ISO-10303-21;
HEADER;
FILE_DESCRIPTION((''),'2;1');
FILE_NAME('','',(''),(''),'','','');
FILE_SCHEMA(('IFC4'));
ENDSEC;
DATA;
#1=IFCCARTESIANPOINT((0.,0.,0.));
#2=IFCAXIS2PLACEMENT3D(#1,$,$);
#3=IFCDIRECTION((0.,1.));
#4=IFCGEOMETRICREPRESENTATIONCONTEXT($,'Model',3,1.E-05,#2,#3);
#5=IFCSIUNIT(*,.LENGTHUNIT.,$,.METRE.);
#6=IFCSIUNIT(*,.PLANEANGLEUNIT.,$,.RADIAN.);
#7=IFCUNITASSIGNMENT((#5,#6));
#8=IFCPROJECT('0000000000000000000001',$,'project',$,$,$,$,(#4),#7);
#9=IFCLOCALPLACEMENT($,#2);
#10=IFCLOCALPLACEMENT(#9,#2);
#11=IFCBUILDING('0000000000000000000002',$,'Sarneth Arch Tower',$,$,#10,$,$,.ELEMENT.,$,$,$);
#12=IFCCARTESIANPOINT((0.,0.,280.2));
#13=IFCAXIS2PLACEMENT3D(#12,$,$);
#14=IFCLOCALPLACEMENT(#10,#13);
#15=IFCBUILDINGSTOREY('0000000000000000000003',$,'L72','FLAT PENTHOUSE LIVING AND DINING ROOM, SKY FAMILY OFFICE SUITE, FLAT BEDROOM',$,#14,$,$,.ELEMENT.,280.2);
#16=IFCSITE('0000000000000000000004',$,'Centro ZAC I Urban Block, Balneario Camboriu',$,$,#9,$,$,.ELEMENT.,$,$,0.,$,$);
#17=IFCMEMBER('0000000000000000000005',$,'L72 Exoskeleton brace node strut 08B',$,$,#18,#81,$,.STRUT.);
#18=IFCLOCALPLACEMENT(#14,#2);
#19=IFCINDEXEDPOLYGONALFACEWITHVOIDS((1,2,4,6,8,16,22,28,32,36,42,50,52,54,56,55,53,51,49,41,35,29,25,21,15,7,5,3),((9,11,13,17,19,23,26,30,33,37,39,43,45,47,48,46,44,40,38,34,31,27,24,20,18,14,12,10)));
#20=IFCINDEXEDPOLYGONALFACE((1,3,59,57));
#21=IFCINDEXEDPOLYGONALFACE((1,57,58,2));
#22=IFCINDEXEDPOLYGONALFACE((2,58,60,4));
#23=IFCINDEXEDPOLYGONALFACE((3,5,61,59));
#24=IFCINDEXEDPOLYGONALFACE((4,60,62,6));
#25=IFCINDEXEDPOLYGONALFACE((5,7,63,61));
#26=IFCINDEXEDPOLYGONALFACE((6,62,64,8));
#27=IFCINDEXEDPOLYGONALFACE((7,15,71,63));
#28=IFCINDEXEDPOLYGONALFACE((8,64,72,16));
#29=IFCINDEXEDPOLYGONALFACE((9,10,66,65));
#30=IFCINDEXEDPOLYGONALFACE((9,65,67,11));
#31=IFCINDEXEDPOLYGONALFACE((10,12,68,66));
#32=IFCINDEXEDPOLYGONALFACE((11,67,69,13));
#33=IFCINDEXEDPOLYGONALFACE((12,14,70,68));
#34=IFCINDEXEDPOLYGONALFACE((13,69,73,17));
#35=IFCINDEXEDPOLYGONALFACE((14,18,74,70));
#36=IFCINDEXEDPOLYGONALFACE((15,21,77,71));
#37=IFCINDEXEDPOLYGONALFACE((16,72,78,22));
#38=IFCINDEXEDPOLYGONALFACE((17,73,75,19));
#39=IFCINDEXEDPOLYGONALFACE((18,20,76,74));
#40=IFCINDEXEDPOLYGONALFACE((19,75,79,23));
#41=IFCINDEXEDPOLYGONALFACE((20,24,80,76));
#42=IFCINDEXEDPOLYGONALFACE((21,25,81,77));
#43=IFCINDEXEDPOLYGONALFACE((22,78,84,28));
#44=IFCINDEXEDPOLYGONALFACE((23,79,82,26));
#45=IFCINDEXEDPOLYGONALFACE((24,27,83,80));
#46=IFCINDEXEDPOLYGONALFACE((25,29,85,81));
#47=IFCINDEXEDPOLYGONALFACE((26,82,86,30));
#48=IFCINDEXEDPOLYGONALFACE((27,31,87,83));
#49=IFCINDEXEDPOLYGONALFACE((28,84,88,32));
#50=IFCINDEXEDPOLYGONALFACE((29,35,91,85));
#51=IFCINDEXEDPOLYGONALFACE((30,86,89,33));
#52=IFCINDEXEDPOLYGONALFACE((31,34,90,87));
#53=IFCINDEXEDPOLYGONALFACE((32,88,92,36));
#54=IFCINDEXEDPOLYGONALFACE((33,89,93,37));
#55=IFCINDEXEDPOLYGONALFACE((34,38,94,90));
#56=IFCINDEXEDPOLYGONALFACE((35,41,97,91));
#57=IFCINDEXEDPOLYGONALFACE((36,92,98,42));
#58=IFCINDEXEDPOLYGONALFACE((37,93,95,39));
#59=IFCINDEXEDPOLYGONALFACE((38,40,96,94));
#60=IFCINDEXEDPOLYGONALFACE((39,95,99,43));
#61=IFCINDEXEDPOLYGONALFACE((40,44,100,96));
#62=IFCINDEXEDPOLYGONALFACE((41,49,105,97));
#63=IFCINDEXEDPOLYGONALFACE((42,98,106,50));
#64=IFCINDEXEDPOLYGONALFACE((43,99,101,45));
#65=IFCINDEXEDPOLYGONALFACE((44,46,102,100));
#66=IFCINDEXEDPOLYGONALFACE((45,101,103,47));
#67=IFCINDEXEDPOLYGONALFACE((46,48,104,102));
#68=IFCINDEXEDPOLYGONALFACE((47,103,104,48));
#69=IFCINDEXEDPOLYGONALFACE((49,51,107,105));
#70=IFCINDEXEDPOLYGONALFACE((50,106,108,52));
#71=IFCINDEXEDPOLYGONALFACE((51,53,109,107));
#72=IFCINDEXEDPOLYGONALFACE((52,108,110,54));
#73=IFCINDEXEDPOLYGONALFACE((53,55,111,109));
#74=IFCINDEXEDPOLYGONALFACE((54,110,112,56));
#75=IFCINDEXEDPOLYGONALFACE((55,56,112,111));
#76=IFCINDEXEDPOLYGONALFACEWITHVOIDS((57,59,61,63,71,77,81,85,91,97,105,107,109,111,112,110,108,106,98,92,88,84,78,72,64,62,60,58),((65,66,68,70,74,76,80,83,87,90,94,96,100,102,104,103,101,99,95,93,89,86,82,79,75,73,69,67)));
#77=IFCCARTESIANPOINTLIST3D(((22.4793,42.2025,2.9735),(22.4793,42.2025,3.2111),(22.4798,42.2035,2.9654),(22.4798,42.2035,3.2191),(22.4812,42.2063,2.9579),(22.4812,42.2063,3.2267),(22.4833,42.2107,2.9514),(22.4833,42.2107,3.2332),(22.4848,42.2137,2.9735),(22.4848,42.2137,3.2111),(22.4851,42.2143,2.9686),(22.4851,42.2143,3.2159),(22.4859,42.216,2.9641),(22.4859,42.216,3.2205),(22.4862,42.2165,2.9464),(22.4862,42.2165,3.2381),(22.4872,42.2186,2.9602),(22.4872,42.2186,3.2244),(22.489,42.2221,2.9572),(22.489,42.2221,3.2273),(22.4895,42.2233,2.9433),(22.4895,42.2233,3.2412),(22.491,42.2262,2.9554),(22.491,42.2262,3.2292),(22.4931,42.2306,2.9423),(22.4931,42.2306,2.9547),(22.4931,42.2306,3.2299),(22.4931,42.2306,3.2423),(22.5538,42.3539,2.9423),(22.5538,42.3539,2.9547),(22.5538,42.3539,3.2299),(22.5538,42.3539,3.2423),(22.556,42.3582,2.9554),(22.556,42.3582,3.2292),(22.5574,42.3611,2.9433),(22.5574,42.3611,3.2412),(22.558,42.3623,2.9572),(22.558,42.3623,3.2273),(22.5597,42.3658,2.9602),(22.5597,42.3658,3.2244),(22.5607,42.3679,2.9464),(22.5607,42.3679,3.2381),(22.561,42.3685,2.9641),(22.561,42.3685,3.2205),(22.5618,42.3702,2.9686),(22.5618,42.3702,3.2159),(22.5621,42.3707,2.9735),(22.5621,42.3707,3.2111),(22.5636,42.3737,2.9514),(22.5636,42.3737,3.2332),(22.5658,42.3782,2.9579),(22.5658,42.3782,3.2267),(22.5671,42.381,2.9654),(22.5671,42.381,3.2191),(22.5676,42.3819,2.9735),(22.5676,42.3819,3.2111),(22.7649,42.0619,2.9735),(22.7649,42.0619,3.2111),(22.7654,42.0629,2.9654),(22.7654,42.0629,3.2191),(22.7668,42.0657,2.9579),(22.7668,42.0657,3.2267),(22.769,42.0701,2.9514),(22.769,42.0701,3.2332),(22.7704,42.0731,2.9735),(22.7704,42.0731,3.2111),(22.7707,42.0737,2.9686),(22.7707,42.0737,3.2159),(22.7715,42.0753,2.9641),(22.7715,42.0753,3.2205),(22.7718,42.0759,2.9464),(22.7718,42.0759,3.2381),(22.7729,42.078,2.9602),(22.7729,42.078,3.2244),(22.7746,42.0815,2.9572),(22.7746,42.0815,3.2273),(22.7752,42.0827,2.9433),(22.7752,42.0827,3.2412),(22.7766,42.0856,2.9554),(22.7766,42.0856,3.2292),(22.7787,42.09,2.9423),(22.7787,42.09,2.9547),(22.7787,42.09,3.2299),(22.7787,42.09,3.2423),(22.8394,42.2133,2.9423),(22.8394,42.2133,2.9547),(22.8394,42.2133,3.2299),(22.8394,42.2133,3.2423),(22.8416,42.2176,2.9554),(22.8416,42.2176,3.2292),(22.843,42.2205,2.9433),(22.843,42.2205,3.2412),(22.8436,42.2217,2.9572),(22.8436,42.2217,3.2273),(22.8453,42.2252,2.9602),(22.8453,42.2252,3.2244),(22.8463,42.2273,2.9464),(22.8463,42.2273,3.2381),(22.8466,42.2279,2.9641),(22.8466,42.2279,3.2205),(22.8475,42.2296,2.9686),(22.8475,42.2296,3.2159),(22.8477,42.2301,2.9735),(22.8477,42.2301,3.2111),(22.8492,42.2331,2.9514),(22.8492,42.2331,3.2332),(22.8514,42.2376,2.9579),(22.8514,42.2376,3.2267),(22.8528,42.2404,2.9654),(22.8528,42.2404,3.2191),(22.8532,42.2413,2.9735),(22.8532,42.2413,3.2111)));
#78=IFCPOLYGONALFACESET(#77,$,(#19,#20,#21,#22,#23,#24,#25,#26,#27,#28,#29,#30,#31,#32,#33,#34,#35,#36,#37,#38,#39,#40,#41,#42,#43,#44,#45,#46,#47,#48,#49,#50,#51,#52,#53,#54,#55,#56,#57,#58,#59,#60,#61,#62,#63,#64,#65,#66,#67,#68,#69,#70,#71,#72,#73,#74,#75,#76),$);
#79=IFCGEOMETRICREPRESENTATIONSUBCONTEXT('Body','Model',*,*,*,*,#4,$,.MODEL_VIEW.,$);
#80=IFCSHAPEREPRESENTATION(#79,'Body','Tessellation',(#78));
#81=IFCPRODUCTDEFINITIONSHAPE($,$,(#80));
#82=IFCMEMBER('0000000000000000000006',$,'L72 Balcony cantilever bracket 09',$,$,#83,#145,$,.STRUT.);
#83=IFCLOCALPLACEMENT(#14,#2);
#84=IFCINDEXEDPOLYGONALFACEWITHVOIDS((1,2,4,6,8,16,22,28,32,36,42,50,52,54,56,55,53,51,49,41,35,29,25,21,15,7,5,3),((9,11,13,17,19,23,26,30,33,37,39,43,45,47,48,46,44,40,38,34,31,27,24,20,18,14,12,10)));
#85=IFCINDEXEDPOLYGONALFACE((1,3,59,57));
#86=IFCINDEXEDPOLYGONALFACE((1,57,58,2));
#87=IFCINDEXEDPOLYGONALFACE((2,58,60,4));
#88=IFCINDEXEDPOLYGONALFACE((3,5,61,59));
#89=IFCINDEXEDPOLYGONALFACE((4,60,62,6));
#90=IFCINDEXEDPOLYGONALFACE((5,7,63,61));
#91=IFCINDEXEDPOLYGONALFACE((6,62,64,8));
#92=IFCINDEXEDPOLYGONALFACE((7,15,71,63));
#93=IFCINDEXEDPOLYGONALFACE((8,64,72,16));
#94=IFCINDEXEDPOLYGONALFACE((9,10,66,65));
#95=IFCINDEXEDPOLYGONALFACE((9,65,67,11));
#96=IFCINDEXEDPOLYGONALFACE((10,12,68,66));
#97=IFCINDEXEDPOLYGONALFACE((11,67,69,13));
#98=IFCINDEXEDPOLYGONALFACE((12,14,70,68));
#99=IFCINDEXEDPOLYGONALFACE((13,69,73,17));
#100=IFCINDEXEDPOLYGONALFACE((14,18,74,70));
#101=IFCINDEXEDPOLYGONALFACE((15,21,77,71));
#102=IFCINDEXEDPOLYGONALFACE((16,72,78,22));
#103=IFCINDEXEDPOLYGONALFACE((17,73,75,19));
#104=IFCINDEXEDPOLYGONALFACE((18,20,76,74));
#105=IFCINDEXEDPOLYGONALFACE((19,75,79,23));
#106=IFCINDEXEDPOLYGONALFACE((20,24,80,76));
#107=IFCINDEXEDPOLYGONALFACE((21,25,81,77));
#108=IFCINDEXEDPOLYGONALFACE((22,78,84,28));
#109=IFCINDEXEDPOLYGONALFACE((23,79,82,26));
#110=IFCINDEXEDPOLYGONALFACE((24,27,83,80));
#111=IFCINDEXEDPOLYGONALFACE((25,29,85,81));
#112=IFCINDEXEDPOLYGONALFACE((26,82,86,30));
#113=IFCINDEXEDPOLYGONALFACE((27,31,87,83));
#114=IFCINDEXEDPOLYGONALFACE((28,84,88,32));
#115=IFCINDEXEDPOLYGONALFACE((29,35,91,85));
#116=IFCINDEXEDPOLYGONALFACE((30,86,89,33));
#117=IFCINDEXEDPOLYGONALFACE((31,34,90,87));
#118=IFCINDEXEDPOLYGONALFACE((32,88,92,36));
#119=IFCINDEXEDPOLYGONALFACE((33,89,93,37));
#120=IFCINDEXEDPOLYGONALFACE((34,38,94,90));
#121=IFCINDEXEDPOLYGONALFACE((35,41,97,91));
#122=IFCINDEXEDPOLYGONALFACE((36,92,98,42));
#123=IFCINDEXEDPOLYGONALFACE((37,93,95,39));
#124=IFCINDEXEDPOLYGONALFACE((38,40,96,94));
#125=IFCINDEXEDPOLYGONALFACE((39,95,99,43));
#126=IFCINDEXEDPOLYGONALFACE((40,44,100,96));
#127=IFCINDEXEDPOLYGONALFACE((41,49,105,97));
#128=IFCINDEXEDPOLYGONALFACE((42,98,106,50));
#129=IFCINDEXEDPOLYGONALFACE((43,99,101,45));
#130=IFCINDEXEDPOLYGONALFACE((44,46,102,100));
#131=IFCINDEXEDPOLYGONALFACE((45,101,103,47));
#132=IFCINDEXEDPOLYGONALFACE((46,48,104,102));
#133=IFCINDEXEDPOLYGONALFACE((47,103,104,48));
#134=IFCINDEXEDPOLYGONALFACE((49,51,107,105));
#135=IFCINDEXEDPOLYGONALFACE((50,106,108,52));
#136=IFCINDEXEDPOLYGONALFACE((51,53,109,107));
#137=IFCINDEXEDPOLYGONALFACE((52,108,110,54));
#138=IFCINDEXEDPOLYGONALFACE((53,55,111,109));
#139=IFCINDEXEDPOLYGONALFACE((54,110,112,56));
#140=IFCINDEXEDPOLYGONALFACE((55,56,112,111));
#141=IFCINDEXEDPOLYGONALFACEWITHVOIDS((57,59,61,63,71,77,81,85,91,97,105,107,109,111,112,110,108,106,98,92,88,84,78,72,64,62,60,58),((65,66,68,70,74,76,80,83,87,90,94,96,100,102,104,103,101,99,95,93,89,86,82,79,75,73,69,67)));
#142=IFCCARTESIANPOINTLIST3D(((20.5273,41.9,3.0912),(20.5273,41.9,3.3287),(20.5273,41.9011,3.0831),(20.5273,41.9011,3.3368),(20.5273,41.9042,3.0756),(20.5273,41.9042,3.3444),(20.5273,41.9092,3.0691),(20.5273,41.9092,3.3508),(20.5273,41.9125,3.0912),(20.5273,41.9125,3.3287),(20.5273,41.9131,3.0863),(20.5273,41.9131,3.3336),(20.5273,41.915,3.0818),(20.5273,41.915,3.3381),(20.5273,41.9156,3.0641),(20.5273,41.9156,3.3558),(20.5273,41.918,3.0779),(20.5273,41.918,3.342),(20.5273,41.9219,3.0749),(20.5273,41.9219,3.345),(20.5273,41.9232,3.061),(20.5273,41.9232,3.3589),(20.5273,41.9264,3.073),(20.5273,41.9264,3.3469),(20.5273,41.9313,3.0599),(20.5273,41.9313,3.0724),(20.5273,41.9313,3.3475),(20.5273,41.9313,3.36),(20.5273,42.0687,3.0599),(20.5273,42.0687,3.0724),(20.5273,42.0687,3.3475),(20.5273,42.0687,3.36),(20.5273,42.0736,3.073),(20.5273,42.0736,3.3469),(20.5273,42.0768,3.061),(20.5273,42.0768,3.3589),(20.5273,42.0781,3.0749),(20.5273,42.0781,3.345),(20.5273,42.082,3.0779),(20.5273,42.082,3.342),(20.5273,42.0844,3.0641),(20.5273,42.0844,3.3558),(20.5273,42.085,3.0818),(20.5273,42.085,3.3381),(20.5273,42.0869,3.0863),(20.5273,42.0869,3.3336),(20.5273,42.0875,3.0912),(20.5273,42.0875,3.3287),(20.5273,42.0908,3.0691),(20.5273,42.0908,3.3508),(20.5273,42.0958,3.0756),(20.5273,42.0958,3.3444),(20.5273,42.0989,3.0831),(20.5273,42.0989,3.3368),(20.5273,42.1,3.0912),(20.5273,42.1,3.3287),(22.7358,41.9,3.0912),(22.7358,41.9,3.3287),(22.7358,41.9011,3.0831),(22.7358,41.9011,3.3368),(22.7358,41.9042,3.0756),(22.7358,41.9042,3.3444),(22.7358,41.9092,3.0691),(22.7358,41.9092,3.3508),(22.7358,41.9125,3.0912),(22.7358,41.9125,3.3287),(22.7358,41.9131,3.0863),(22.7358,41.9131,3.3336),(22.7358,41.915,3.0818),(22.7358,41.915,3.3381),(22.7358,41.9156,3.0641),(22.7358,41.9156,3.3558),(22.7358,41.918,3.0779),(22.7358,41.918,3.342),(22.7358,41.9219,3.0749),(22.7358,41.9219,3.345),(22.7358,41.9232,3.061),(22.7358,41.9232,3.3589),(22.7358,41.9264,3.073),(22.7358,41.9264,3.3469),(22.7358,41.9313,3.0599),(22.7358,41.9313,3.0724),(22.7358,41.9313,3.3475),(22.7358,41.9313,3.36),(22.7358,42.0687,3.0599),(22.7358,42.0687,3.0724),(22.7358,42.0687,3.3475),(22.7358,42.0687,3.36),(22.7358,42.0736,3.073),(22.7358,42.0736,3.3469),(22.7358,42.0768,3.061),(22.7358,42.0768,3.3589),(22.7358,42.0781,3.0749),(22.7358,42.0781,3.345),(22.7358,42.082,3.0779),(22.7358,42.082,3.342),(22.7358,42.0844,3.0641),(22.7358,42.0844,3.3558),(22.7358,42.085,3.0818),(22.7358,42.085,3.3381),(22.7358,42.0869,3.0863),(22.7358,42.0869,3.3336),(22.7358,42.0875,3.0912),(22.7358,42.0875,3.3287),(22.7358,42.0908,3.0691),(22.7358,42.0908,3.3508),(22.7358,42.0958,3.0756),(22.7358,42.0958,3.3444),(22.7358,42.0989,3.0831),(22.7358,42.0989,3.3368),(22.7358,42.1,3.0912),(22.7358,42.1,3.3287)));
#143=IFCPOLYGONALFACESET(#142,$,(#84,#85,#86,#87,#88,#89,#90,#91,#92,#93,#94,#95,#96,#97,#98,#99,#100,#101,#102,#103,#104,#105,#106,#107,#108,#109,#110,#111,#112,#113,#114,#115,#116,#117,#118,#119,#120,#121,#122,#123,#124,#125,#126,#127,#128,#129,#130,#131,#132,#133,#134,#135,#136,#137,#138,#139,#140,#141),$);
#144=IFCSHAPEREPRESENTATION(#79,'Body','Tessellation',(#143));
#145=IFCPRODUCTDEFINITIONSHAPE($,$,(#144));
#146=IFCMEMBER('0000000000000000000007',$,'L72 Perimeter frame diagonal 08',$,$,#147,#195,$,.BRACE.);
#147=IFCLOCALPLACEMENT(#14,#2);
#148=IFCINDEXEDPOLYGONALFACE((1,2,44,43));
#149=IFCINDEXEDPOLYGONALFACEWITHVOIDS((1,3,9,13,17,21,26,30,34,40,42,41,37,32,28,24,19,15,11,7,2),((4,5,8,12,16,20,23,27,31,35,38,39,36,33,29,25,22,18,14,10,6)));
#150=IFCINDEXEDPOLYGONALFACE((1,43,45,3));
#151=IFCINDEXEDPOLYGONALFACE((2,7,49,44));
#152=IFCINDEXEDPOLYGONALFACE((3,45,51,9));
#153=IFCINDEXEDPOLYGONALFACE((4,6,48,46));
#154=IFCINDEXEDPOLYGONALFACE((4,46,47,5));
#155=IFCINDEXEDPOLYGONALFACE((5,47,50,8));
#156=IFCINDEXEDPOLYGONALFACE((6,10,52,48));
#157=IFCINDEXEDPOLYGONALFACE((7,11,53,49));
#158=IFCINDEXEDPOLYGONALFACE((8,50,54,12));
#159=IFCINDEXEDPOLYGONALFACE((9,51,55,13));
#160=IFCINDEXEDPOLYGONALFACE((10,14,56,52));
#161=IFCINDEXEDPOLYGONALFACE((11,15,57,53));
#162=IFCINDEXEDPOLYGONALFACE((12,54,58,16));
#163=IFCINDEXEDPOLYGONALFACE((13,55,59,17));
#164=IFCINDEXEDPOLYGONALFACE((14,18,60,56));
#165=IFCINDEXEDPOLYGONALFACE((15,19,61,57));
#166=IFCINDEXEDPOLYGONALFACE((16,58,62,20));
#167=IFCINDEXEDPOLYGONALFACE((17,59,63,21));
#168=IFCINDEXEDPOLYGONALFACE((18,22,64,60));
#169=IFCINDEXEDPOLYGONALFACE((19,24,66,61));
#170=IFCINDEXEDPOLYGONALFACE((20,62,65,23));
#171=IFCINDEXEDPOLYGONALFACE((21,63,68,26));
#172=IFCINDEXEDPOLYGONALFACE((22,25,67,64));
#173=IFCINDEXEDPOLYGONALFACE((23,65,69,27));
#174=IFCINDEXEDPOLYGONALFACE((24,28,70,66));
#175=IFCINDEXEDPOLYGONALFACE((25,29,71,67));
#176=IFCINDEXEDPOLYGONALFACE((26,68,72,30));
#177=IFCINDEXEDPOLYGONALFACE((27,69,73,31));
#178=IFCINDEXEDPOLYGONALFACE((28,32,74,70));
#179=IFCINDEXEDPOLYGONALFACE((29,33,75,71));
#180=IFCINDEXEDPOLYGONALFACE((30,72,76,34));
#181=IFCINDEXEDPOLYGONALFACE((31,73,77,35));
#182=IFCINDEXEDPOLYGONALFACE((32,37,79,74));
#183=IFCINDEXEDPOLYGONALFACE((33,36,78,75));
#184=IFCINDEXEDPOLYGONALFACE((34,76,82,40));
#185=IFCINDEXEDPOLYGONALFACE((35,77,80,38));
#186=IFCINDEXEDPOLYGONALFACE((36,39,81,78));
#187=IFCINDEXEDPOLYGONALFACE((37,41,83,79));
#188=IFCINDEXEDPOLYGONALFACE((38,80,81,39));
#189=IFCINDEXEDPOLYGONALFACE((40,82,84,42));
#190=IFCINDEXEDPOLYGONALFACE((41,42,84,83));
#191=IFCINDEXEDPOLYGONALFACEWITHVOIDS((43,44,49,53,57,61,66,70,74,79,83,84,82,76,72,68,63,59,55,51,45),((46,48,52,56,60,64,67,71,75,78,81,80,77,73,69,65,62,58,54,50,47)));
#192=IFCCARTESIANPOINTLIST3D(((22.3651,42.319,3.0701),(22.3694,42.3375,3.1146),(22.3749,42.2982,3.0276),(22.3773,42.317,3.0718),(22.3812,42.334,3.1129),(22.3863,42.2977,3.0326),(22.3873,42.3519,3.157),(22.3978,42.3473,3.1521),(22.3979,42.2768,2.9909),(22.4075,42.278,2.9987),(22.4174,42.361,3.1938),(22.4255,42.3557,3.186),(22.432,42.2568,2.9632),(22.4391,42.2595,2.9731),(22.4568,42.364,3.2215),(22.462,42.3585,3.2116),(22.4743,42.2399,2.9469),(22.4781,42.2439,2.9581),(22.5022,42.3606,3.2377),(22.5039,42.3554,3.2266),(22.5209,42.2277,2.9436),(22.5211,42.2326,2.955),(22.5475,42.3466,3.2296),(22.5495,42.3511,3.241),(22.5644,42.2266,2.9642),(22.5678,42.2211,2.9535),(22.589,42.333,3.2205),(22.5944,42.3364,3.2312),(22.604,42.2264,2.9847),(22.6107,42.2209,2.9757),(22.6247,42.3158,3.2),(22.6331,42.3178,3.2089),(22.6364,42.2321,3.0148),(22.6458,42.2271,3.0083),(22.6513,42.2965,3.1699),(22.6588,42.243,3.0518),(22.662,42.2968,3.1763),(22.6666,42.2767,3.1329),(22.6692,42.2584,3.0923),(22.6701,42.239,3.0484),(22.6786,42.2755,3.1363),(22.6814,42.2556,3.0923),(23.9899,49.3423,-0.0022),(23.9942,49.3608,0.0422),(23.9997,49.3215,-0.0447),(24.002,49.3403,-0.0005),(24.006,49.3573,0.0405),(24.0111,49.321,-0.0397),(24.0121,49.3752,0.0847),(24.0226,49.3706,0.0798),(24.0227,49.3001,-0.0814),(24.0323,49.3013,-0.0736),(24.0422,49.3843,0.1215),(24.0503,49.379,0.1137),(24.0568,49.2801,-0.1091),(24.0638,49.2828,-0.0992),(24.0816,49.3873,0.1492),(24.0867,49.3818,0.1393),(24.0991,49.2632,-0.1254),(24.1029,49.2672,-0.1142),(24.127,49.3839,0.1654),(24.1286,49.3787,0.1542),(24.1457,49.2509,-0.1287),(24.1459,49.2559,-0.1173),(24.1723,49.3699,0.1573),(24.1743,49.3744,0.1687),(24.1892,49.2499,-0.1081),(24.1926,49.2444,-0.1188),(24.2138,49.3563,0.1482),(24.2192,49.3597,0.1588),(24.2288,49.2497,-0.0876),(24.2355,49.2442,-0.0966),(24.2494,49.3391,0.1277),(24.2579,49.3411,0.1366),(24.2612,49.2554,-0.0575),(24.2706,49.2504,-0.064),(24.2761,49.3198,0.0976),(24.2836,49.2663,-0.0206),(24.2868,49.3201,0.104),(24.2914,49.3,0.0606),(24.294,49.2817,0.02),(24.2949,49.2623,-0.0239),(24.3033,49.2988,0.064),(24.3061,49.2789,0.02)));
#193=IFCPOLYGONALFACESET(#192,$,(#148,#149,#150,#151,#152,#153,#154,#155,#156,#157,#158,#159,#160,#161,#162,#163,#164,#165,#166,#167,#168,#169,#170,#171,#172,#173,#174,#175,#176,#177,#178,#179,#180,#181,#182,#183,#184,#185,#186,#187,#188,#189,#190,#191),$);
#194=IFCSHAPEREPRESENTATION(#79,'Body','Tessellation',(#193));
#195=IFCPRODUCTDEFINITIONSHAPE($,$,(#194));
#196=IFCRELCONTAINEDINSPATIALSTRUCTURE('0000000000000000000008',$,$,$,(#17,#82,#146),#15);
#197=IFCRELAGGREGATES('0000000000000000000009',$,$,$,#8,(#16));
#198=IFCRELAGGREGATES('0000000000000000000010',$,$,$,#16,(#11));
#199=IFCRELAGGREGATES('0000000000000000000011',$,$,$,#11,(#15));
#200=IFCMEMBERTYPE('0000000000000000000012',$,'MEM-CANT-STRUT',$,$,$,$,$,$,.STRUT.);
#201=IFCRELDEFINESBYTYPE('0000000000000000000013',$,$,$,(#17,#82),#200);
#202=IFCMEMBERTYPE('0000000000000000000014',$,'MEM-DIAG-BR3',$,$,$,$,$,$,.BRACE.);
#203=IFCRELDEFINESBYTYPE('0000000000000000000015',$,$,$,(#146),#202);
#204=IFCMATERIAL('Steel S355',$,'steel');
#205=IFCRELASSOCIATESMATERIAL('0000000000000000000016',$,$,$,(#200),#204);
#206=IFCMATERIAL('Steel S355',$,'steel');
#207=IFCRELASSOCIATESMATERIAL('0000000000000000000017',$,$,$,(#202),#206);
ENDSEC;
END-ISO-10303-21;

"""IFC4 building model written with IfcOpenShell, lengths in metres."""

from ifc_helpers import new_model, si_unit, direction, frame, origin, origin_2d, place, context, subcontext, project, spatial, hollow_rectangle, hollow_circle, extrude, material, material_profile, profile_set, type_object, element, save


model = new_model("IFC4")

# Units and contexts
model_context = context("Model", 3, precision=1e-05, world=origin(), true_north=direction((0.0, 1.0)))
body_context = subcontext(model_context, "Body", "Model", "MODEL_VIEW")
ifc_project = project(units=[si_unit("LENGTHUNIT", "METRE"), si_unit("PLANEANGLEUNIT", "RADIAN")], contexts=[model_context])

# Site, building, storey
site_placement = place(None, origin())
site = spatial("IfcSite", under=ifc_project, at=site_placement, Name="Centro ZAC I Urban Block, Balneario Camboriu", CompositionType="ELEMENT", RefElevation=0.0)
building_placement = place(site_placement, origin())
building = spatial("IfcBuilding", under=site, at=building_placement, Name="Sarneth Arch Tower", CompositionType="ELEMENT")
storey_placement = place(building_placement, frame((0.0, 0.0, 280.2)))
storey = spatial("IfcBuildingStorey", under=building, at=storey_placement, Name="L72", Description="FLAT PENTHOUSE LIVING AND DINING ROOM, SKY FAMILY OFFICE SUITE, FLAT BEDROOM", CompositionType="ELEMENT", Elevation=280.2)

# Members
ifc_material_1 = material(Name="Steel S355", Category="steel")
ifc_material_profile_1 = material_profile(ifc_material_1, hollow_rectangle(XDim=0.2, YDim=0.3, WallThickness=0.0125, InnerFilletRadius=0.0188, OuterFilletRadius=0.0312, at=origin_2d()), Name="RHS300x200x12.5")
ifc_profile_set_1 = profile_set([ifc_material_profile_1], Name="Steel S355")
member_type_1 = type_object("IfcMemberType", Name="MEM-CANT-STRUT", PredefinedType="STRUT", material=ifc_profile_set_1)
member_1_placement = place(storey_placement, frame((22.8091, 42.1516, 3.0923), z_axis=(-0.897171, 0.441684, 0.0), x_axis=(-0.441684, -0.897171, 0.0)))
element("IfcMember", 1, at=member_1_placement, inside=storey, type_object=member_type_1, Name="L72 Exoskeleton brace node strut 08B", PredefinedType="STRUT", context=body_context, shape_type="SweptSolid", body=[
    extrude(hollow_rectangle(XDim=0.2, YDim=0.3, WallThickness=0.0125, InnerFilletRadius=0.0188, OuterFilletRadius=0.0312, at=origin_2d()), origin(), (0.0, 0.0, 1.0), 0.3184),
])
member_2_placement = place(storey_placement, frame((22.7358, 42.0, 3.21), z_axis=(-1.0, 0.0, 0.0), x_axis=(0.0, -1.0, 0.0)))
element("IfcMember", 2, at=member_2_placement, inside=storey, type_object=member_type_1, Name="L72 Balcony cantilever bracket 09", PredefinedType="STRUT", context=body_context, shape_type="SweptSolid", body=[
    extrude(hollow_rectangle(XDim=0.2, YDim=0.3, WallThickness=0.0125, InnerFilletRadius=0.0188, OuterFilletRadius=0.0312, at=origin_2d()), origin(), (0.0, 0.0, 1.0), 2.2085),
])
ifc_material_2 = material(Name="Steel S355", Category="steel")
ifc_material_profile_2 = material_profile(ifc_material_2, hollow_circle(Radius=0.1621, WallThickness=0.0125, at=origin_2d()), Name="CHS324x12.5")
ifc_profile_set_2 = profile_set([ifc_material_profile_2], Name="Steel S355")
member_type_2 = type_object("IfcMemberType", Name="MEM-DIAG-BR3", PredefinedType="BRACE", material=ifc_profile_set_2)
member_3_placement = place(storey_placement, frame((24.1482, 49.3154, 0.02), z_axis=(-0.207343, -0.896265, 0.392067), x_axis=(0.974269, -0.225389, 0.0)))
element("IfcMember", 3, at=member_3_placement, inside=storey, type_object=member_type_2, Name="L72 Perimeter frame diagonal 08", PredefinedType="BRACE", context=body_context, shape_type="SweptSolid", body=[
    extrude(hollow_circle(Radius=0.1621, WallThickness=0.0125, at=origin_2d()), origin(), (0.0, 0.0, 1.0), 7.8362),
])

save(model, "model.ifc")
